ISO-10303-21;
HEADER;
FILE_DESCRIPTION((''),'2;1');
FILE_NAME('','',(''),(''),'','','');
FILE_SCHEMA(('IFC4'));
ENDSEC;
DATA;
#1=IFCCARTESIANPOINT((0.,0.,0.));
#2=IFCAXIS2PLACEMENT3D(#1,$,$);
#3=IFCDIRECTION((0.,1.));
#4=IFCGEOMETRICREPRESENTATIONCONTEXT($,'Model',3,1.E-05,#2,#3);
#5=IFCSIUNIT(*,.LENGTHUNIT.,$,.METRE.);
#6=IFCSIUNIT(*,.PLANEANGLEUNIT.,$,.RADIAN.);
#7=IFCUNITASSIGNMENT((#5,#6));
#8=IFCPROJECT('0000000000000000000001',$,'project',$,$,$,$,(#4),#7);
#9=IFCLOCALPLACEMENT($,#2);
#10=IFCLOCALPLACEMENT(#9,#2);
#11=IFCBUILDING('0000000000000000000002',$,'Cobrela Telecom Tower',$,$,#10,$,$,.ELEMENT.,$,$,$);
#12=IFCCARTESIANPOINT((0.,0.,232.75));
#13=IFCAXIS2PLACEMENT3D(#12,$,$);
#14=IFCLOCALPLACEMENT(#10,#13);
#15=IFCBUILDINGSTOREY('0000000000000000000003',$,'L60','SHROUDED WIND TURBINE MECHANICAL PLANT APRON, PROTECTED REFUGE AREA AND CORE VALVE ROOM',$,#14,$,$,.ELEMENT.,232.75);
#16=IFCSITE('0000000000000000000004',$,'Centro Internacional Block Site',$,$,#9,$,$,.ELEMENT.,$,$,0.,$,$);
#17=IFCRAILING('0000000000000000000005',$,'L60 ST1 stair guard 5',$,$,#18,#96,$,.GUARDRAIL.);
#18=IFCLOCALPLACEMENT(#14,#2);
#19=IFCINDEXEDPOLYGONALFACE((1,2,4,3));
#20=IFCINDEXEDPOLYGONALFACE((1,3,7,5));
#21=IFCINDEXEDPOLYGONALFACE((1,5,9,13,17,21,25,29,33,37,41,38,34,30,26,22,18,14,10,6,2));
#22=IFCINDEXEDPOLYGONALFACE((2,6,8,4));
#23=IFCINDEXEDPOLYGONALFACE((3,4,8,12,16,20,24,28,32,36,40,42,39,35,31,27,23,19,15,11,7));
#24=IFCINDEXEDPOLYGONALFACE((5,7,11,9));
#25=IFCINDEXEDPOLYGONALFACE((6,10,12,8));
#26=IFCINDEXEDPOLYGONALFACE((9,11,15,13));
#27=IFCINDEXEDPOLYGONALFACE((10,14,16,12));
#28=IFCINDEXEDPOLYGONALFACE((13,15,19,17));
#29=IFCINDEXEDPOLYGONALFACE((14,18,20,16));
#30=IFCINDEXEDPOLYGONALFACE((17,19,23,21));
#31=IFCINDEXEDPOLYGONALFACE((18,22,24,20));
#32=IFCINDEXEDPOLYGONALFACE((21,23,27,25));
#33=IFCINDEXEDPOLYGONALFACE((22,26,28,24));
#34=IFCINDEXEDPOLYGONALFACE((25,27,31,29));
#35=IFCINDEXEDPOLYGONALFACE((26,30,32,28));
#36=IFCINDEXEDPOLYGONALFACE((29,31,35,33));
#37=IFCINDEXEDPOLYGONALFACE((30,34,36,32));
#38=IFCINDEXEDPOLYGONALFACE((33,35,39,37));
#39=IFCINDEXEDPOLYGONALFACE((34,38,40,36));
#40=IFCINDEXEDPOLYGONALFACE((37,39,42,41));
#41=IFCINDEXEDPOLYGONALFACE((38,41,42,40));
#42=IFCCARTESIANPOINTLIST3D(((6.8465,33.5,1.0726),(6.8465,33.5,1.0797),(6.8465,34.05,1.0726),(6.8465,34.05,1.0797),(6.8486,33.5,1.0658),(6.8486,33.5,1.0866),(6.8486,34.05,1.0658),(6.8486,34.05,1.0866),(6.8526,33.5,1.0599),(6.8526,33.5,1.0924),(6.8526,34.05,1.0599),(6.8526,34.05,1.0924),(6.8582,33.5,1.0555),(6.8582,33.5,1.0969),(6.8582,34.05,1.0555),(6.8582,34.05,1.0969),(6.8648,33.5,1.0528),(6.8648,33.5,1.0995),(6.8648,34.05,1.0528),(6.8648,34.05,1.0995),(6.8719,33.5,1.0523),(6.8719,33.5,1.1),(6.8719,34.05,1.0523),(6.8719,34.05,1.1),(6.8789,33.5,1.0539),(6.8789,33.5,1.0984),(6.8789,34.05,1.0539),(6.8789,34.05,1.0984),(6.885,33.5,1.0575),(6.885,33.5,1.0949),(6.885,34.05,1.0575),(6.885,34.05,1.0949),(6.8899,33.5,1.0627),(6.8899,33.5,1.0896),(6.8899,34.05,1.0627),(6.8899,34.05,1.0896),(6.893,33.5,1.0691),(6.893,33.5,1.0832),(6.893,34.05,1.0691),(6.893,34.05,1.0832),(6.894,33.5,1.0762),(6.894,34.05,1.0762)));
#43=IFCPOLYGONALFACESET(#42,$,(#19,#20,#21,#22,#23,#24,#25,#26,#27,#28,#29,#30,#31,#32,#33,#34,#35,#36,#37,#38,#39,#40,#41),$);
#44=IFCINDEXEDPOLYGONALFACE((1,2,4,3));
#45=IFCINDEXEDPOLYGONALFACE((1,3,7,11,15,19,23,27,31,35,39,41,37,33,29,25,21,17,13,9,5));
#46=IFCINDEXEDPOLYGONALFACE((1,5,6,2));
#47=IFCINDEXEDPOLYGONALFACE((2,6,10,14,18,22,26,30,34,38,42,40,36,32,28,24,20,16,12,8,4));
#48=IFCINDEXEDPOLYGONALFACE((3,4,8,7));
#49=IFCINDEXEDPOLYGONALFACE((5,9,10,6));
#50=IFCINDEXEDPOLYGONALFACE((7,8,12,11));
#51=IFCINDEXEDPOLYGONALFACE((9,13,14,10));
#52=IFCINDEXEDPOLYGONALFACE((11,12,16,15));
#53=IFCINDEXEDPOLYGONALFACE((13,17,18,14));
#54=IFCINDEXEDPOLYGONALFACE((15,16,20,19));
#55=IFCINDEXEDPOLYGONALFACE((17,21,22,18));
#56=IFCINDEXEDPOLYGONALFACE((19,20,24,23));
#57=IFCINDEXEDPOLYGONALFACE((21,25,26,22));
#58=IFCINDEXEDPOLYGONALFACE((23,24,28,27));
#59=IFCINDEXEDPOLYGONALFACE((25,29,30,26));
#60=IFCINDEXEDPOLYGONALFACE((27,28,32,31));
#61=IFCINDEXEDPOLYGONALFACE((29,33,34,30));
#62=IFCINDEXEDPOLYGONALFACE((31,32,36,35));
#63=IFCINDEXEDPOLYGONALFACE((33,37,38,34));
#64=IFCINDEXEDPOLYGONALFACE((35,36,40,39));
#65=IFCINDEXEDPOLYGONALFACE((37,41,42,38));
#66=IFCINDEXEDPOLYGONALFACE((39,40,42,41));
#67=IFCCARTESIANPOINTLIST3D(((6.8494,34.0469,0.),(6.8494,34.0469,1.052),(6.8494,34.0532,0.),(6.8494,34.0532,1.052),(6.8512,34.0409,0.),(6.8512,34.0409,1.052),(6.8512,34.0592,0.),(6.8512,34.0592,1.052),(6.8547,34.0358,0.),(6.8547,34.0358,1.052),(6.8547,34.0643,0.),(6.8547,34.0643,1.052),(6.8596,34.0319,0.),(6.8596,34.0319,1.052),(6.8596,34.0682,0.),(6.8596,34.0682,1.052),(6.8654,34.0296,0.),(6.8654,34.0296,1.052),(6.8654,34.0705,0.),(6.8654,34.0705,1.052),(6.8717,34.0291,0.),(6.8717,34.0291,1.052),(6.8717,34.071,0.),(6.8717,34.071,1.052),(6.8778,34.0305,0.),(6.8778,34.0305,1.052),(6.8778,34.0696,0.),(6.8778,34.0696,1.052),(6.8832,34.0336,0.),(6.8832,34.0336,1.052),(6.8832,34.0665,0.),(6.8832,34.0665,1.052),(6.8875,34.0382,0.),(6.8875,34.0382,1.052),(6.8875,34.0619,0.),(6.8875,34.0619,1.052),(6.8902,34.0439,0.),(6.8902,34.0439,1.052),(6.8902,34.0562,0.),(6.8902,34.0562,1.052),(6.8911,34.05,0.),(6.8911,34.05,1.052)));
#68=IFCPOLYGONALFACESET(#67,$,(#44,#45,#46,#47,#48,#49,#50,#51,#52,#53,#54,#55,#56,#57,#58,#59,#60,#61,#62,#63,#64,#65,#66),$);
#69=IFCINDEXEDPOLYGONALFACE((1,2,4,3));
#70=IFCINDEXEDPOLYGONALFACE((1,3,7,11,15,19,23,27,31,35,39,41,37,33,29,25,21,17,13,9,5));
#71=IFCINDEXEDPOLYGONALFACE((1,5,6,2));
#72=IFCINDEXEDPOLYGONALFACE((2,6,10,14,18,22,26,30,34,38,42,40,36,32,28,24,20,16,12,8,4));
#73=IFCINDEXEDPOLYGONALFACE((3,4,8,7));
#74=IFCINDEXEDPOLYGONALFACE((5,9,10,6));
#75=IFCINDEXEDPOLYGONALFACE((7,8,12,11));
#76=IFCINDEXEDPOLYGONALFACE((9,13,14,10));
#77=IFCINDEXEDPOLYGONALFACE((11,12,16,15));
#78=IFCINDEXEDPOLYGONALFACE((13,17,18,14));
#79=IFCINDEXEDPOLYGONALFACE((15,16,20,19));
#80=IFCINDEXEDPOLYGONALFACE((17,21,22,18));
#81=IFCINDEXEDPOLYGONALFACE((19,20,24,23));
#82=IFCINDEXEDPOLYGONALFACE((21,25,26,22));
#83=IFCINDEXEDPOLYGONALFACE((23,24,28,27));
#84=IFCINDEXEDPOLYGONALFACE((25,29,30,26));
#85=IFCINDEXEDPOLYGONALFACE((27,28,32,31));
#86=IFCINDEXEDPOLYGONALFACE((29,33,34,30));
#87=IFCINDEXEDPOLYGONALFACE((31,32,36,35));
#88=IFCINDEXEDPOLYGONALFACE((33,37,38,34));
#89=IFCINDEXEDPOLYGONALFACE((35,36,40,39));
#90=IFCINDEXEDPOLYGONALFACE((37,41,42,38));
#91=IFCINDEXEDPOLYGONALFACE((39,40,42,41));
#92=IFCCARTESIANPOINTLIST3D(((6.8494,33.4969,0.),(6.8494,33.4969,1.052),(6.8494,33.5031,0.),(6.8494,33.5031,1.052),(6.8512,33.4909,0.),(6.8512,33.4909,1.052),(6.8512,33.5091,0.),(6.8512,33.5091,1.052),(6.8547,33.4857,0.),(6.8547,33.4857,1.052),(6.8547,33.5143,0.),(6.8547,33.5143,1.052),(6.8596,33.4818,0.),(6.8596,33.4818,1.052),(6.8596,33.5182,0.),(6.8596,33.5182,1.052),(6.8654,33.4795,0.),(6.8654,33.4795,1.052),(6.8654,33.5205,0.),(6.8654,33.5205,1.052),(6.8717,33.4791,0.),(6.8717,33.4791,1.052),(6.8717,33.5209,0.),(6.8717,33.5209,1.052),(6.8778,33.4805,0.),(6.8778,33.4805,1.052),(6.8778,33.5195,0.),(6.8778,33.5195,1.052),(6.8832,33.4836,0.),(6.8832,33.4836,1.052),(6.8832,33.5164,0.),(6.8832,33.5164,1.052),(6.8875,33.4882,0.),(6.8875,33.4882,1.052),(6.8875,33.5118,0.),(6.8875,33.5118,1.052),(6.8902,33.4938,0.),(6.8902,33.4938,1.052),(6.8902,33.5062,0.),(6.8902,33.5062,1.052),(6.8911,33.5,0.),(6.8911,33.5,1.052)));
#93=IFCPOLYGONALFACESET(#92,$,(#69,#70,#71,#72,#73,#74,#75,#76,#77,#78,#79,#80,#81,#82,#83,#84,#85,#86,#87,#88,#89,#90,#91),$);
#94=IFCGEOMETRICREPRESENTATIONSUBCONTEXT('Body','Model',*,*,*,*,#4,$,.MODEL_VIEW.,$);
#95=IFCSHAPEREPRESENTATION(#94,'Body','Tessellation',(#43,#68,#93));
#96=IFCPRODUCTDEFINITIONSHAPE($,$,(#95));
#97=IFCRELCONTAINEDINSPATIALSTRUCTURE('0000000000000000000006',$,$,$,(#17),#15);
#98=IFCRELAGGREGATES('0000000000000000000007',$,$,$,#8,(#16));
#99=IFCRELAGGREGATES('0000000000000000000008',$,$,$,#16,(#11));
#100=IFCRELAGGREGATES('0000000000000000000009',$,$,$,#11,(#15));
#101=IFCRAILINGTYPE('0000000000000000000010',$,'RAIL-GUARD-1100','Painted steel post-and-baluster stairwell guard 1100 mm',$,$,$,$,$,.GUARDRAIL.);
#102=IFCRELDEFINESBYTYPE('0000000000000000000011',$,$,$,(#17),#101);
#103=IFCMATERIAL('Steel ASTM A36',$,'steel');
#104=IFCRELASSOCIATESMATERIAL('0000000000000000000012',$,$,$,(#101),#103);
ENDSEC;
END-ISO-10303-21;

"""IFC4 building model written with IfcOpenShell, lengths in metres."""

from ifc_helpers import new_model, si_unit, direction, frame, origin, origin_2d, place, context, subcontext, project, spatial, circle, extrude, material, type_object, element, save


model = new_model("IFC4")

# Units and contexts
model_context = context("Model", 3, precision=1e-05, world=origin(), true_north=direction((0.0, 1.0)))
body_context = subcontext(model_context, "Body", "Model", "MODEL_VIEW")
ifc_project = project(units=[si_unit("LENGTHUNIT", "METRE"), si_unit("PLANEANGLEUNIT", "RADIAN")], contexts=[model_context])

# Site, building, storey
site_placement = place(None, origin())
site = spatial("IfcSite", under=ifc_project, at=site_placement, Name="Centro Internacional Block Site", CompositionType="ELEMENT", RefElevation=0.0)
building_placement = place(site_placement, origin())
building = spatial("IfcBuilding", under=site, at=building_placement, Name="Cobrela Telecom Tower", CompositionType="ELEMENT")
storey_placement = place(building_placement, frame((0.0, 0.0, 232.75)))
storey = spatial("IfcBuildingStorey", under=building, at=storey_placement, Name="L60", Description="SHROUDED WIND TURBINE MECHANICAL PLANT APRON, PROTECTED REFUGE AREA AND CORE VALVE ROOM", CompositionType="ELEMENT", Elevation=232.75)

# Shared definitions
ifc_material_1 = material(Name="Steel ASTM A36", Category="steel")

# Railing
railing_type_1 = type_object("IfcRailingType", Name="RAIL-GUARD-1100", Description="Painted steel post-and-baluster stairwell guard 1100 mm", PredefinedType="GUARDRAIL", material=ifc_material_1)
railing_1_placement = place(storey_placement, frame((6.8701, 34.05, 0.0)))
element("IfcRailing", 1, at=railing_1_placement, inside=storey, type_object=railing_type_1, Name="L60 ST1 stair guard 5", PredefinedType="GUARDRAIL", context=body_context, shape_type="SweptSolid", body=[
    extrude(circle(Radius=0.0239, at=origin_2d()), frame((0.0, 0.0, 1.0762), z_axis=(0.0, -1.0, 0.0), x_axis=(1.0, 0.0, 0.0)), (0.0, 0.0, 1.0), 0.55),
    extrude(circle(Radius=0.021, at=origin_2d()), origin(), (0.0, 0.0, 1.0), 1.052),
    extrude(circle(Radius=0.021, at=origin_2d()), frame((0.0, -0.55, 0.0)), (0.0, 0.0, 1.0), 1.052),
])

save(model, "model.ifc")
